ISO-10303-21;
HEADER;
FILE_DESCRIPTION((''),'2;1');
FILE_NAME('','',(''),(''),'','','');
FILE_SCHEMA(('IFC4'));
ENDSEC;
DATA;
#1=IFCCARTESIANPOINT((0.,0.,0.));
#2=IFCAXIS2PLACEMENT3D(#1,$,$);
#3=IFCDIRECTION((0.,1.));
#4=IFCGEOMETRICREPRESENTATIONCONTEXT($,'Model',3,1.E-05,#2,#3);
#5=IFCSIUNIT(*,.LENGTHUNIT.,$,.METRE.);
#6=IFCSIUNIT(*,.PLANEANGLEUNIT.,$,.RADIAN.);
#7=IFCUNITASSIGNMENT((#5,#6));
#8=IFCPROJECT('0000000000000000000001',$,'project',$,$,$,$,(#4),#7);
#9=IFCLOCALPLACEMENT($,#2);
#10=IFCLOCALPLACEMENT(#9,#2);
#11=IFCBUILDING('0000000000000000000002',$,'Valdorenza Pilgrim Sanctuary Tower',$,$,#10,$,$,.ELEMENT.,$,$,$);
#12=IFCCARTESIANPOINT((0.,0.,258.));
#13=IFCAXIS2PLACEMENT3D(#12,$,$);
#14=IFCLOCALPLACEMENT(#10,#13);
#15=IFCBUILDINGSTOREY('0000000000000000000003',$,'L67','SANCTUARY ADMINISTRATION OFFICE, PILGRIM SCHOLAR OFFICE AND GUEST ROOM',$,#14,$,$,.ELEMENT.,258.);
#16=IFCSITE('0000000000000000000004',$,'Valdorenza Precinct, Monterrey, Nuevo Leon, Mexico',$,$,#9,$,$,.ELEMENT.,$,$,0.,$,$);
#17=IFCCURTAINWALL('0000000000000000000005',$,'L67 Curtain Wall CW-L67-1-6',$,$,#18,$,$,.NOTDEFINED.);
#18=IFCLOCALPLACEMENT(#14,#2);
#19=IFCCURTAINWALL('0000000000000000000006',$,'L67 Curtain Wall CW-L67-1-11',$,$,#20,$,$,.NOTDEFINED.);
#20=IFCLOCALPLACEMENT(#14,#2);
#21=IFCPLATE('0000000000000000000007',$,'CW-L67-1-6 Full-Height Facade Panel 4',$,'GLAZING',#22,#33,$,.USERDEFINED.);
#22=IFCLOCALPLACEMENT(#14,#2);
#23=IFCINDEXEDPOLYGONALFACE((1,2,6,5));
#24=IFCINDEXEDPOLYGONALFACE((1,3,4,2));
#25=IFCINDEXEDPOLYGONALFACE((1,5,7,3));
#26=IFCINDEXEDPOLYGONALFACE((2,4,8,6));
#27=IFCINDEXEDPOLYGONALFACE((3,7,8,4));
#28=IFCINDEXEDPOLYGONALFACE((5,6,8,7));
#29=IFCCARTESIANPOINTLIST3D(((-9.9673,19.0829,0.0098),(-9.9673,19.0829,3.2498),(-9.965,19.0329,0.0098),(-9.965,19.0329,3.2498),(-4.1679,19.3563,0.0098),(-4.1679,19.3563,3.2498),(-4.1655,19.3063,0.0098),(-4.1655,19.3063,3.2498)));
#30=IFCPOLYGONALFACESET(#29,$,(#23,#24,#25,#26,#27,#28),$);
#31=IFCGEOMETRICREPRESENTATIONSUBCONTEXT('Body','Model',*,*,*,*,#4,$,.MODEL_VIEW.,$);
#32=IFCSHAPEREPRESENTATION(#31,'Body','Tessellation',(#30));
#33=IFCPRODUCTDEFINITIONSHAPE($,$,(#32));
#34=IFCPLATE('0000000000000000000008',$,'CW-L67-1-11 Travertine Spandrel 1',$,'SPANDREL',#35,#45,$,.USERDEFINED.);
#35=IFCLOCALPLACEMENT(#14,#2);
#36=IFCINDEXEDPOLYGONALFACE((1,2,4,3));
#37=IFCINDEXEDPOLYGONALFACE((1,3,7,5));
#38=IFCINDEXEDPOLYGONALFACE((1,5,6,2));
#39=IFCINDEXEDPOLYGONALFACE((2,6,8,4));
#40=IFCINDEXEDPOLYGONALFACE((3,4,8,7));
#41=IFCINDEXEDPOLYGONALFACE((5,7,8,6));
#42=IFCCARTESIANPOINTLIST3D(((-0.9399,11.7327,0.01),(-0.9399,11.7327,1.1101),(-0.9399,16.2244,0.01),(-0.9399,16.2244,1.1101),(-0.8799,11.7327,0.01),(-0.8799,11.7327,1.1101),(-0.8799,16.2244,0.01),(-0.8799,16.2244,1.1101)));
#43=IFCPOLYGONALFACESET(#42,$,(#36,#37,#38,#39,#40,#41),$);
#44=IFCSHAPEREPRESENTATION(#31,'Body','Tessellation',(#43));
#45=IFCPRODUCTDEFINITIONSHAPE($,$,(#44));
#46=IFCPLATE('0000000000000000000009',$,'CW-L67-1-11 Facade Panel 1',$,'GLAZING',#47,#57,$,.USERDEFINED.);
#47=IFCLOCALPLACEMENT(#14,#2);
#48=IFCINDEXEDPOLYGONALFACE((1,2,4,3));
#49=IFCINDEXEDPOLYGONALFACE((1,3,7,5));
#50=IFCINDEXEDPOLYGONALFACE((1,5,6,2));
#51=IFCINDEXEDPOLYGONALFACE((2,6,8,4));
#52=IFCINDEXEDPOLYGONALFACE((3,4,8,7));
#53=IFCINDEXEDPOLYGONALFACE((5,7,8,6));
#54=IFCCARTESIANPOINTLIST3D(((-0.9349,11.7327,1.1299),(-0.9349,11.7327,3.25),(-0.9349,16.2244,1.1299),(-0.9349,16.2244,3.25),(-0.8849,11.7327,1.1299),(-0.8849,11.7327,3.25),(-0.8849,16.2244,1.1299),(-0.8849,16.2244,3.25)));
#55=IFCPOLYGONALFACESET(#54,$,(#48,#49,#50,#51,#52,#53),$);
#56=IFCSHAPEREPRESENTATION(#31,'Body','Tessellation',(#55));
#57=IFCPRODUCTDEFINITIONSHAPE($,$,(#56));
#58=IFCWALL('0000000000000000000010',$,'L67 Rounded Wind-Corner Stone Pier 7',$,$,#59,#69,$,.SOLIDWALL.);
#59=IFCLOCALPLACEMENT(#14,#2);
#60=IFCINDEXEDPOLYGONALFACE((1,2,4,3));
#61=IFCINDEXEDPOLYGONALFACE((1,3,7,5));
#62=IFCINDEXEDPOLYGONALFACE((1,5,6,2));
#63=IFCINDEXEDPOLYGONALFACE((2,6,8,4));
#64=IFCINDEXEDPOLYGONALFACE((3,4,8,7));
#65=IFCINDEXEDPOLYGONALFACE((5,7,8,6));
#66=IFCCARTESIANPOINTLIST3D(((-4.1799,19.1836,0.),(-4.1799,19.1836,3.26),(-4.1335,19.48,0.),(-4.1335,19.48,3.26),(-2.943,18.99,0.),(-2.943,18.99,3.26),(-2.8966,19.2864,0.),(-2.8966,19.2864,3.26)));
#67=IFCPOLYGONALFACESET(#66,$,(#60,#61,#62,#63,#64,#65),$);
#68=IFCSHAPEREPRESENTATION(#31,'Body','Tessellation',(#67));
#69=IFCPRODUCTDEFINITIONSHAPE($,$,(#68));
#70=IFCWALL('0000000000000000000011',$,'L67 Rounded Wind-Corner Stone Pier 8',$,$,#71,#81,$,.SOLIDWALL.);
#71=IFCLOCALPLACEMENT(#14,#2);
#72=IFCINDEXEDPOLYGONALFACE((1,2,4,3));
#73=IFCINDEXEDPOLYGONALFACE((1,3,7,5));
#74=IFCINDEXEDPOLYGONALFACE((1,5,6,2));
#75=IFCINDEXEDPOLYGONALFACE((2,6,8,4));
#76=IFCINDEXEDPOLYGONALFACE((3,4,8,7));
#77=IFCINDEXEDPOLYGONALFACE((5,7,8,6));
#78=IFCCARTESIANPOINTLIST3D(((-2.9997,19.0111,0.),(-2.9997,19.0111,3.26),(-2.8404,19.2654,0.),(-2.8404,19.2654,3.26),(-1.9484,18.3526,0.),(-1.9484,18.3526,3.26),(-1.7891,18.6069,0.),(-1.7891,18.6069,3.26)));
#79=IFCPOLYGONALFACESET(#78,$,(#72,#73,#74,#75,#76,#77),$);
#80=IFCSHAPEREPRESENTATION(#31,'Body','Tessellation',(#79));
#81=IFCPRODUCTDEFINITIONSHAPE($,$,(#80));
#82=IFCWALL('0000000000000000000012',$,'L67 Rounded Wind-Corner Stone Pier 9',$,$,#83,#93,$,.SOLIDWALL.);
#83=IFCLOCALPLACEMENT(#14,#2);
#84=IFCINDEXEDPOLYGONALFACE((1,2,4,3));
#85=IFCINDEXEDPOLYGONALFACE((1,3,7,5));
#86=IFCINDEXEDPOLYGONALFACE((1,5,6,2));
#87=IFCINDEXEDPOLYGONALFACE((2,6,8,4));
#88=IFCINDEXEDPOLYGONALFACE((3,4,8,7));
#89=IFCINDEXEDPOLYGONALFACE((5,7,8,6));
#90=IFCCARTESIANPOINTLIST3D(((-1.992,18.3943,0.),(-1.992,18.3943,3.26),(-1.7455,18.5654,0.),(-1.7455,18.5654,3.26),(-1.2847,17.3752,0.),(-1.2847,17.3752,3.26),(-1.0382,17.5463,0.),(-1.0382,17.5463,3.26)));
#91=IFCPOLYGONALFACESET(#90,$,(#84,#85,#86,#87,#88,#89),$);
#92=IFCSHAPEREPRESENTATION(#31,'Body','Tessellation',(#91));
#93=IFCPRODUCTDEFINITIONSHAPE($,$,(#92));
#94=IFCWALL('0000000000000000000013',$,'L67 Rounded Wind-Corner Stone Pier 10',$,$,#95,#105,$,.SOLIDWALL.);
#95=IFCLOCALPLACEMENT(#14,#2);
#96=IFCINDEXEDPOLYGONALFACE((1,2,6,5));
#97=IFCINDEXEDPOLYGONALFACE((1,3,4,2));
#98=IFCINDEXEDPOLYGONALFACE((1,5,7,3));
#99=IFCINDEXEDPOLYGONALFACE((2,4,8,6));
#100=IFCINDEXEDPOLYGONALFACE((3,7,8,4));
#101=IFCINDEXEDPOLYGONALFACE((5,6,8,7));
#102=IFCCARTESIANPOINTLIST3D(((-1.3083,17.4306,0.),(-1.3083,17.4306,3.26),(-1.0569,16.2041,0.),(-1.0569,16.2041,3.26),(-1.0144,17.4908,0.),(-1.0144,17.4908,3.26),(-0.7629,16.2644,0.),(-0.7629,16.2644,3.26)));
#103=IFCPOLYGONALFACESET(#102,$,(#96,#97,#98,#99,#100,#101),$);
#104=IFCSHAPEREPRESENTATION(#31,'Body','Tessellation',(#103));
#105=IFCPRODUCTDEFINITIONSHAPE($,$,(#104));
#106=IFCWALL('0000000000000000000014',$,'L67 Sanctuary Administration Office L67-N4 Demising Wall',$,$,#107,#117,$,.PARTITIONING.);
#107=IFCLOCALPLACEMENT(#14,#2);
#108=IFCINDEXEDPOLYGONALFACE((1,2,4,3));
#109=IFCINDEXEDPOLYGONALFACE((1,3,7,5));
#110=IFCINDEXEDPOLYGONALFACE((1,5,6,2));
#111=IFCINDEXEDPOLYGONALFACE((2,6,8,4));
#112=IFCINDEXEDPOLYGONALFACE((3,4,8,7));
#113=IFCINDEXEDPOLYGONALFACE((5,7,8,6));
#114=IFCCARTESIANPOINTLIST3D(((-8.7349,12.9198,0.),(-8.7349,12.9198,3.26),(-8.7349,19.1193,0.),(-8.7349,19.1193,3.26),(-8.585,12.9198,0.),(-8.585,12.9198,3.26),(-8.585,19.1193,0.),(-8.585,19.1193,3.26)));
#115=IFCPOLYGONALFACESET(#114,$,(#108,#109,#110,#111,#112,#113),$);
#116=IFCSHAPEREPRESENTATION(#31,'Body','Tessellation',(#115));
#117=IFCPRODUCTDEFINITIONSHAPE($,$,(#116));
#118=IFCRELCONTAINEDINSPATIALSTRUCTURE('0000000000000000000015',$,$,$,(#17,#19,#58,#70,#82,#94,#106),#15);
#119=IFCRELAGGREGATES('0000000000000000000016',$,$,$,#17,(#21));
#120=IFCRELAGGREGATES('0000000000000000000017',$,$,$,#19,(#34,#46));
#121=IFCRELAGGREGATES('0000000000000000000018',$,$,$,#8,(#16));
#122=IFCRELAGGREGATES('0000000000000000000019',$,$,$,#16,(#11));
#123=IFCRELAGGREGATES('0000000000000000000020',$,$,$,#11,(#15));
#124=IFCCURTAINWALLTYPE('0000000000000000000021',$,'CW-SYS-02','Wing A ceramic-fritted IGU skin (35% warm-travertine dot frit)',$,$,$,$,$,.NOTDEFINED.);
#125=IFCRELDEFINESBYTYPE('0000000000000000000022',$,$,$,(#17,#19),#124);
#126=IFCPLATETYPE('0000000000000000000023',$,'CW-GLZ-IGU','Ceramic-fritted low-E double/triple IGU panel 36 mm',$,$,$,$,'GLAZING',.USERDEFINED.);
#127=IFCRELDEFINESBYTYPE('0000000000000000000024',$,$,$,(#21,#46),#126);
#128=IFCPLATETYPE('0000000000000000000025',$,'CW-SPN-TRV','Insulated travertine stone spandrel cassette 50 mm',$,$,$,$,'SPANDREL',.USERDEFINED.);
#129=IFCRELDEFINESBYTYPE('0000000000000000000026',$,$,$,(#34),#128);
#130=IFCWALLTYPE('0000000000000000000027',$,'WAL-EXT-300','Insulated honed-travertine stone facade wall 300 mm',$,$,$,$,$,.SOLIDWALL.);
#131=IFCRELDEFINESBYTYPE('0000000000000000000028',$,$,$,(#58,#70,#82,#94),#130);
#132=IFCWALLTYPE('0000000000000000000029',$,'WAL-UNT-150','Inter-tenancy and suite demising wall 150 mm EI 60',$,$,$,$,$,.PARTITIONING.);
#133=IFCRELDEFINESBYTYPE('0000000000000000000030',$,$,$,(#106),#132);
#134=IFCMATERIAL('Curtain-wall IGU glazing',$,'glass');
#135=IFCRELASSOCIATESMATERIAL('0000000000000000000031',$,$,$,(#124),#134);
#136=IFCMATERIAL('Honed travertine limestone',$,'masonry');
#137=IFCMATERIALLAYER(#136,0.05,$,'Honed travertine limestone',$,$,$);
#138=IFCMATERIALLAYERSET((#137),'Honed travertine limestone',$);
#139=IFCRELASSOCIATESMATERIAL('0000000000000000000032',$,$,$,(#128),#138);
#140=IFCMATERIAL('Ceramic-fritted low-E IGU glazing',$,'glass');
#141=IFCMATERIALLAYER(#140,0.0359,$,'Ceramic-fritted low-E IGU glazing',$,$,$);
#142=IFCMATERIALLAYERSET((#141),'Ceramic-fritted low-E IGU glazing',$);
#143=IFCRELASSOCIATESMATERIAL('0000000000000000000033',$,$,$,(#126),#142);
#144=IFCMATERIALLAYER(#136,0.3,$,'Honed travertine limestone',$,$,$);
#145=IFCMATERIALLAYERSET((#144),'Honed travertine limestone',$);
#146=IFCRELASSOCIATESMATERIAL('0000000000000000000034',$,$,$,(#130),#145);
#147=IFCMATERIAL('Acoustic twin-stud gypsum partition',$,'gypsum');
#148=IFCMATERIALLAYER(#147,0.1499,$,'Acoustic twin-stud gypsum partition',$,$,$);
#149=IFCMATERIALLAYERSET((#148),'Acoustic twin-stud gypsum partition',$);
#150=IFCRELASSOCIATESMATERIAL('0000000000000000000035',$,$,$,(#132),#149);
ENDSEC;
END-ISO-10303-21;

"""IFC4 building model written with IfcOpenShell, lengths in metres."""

from ifc_helpers import new_model, si_unit, direction, frame, frame_2d, origin, origin_2d, place, context, subcontext, project, spatial, rectangle, extrude, source, transform, mapped, material, layer, layer_set, type_object, element, aggregate, save


model = new_model("IFC4")

# Units and contexts
model_context = context("Model", 3, precision=1e-05, world=origin(), true_north=direction((0.0, 1.0)))
body_context = subcontext(model_context, "Body", "Model", "MODEL_VIEW")
ifc_project = project(units=[si_unit("LENGTHUNIT", "METRE"), si_unit("PLANEANGLEUNIT", "RADIAN")], contexts=[model_context])

# Site, building, storey
site_placement = place(None, origin())
site = spatial("IfcSite", under=ifc_project, at=site_placement, Name="Valdorenza Precinct, Monterrey, Nuevo Leon, Mexico", CompositionType="ELEMENT", RefElevation=0.0)
building_placement = place(site_placement, origin())
building = spatial("IfcBuilding", under=site, at=building_placement, Name="Valdorenza Pilgrim Sanctuary Tower", CompositionType="ELEMENT")
storey_placement = place(building_placement, frame((0.0, 0.0, 258.0)))
storey = spatial("IfcBuildingStorey", under=building, at=storey_placement, Name="L67", Description="SANCTUARY ADMINISTRATION OFFICE, PILGRIM SCHOLAR OFFICE AND GUEST ROOM", CompositionType="ELEMENT", Elevation=258.0)

# Curtain walls
ifc_material_1 = material(Name="Curtain-wall IGU glazing", Category="glass")
curtain_wall_type = type_object("IfcCurtainWallType", Name="CW-SYS-02", Description="Wing A ceramic-fritted IGU skin (35% warm-travertine dot frit)", PredefinedType="NOTDEFINED", material=ifc_material_1)
curtain_wall_1_placement = place(storey_placement, origin())
curtain_wall_1 = element("IfcCurtainWall", 1, at=curtain_wall_1_placement, inside=storey, type_object=curtain_wall_type, Name="L67 Curtain Wall CW-L67-1-6", PredefinedType="NOTDEFINED")
curtain_wall_2_placement = place(storey_placement, origin())
curtain_wall_2 = element("IfcCurtainWall", 2, at=curtain_wall_2_placement, inside=storey, type_object=curtain_wall_type, Name="L67 Curtain Wall CW-L67-1-11", PredefinedType="NOTDEFINED")

# Plates
ifc_material_2 = material(Name="Honed travertine limestone", Category="masonry")
ifc_layer_1 = layer(ifc_material_2, 0.05, Name="Honed travertine limestone")
ifc_layer_set_1 = layer_set([ifc_layer_1], Name="Honed travertine limestone")
plate_type_1 = type_object("IfcPlateType", Name="CW-SPN-TRV", Description="Insulated travertine stone spandrel cassette 50 mm", ElementType="SPANDREL", PredefinedType="USERDEFINED", material=ifc_layer_set_1)
ifc_material_3 = material(Name="Ceramic-fritted low-E IGU glazing", Category="glass")
ifc_layer_2 = layer(ifc_material_3, 0.0359, Name="Ceramic-fritted low-E IGU glazing")
ifc_layer_set_2 = layer_set([ifc_layer_2], Name="Ceramic-fritted low-E IGU glazing")
plate_type_2 = type_object("IfcPlateType", Name="CW-GLZ-IGU", Description="Ceramic-fritted low-E double/triple IGU panel 36 mm", ElementType="GLAZING", PredefinedType="USERDEFINED", material=ifc_layer_set_2)
shared_shape_1 = source(origin(), body_context, "Body", "SweptSolid", [
    extrude(rectangle(XDim=5.8059, YDim=0.05, at=origin_2d()), origin(), (0.0, 0.0, 1.0), 3.24),
])
plate_1_placement = place(storey_placement, frame((-7.0664, 19.1946, 0.0098), z_axis=(0.0, 0.0, 1.0), x_axis=(0.998891, 0.047089, 0.0)))
plate_1 = element("IfcPlate", 3, at=plate_1_placement, type_object=plate_type_2, Name="CW-L67-1-6 Full-Height Facade Panel 4", ObjectType="GLAZING", PredefinedType="USERDEFINED", context=body_context, shape_type="MappedRepresentation", body=[
    mapped(shared_shape_1, transform((0.0, 0.0, 0.0), x_axis=(1.0, 0.0, 0.0), y_axis=(0.0, 1.0, 0.0), z_axis=(0.0, 0.0, 1.0), scale=1.0)),
])
aggregate(curtain_wall_1, [plate_1])
shared_shape_2 = source(origin(), body_context, "Body", "SweptSolid", [
    extrude(rectangle(XDim=4.4917, YDim=0.0601, at=origin_2d()), origin(), (0.0, 0.0, 1.0), 1.1001),
])
plate_2_placement = place(storey_placement, frame((-0.9099, 13.9785, 0.01), z_axis=(0.0, 0.0, 1.0), x_axis=(0.0, -1.0, 0.0)))
plate_2 = element("IfcPlate", 4, at=plate_2_placement, type_object=plate_type_1, Name="CW-L67-1-11 Travertine Spandrel 1", ObjectType="SPANDREL", PredefinedType="USERDEFINED", context=body_context, shape_type="MappedRepresentation", body=[
    mapped(shared_shape_2, transform((0.0, 0.0, 0.0), x_axis=(1.0, 0.0, 0.0), y_axis=(0.0, 1.0, 0.0), z_axis=(0.0, 0.0, 1.0), scale=1.0)),
])
shared_shape_3 = source(origin(), body_context, "Body", "SweptSolid", [
    extrude(rectangle(XDim=4.4917, YDim=0.05, at=origin_2d()), origin(), (0.0, 0.0, 1.0), 2.1201),
])
plate_3_placement = place(storey_placement, frame((-0.9099, 13.9785, 1.1299), z_axis=(0.0, 0.0, 1.0), x_axis=(0.0, -1.0, 0.0)))
plate_3 = element("IfcPlate", 5, at=plate_3_placement, type_object=plate_type_2, Name="CW-L67-1-11 Facade Panel 1", ObjectType="GLAZING", PredefinedType="USERDEFINED", context=body_context, shape_type="MappedRepresentation", body=[
    mapped(shared_shape_3, transform((0.0, 0.0, 0.0), x_axis=(1.0, 0.0, 0.0), y_axis=(0.0, 1.0, 0.0), z_axis=(0.0, 0.0, 1.0), scale=1.0)),
])
aggregate(curtain_wall_2, [plate_2, plate_3])

# Walls
ifc_layer_3 = layer(ifc_material_2, 0.3, Name="Honed travertine limestone")
ifc_layer_set_3 = layer_set([ifc_layer_3], Name="Honed travertine limestone")
wall_type_1 = type_object("IfcWallType", Name="WAL-EXT-300", Description="Insulated honed-travertine stone facade wall 300 mm", PredefinedType="SOLIDWALL", material=ifc_layer_set_3)
wall_1_placement = place(storey_placement, frame((-4.1567, 19.3318, 0.0), z_axis=(0.0, 0.0, 1.0), x_axis=(0.987969, -0.154651, 0.0)))
element("IfcWall", 6, at=wall_1_placement, inside=storey, type_object=wall_type_1, Name="L67 Rounded Wind-Corner Stone Pier 7", PredefinedType="SOLIDWALL", context=body_context, shape_type="SweptSolid", body=[
    extrude(rectangle(XDim=1.252, YDim=0.3, at=frame_2d((0.626, 0.0))), origin(), (0.0, 0.0, 1.0), 3.26),
])
for number, where, z_axis, x_axis, name in (
    (7, (-2.9199, 19.1382, 0.0), (0.0, 0.0, 1.0), (0.847489, -0.530812, 0.0), "L67 Rounded Wind-Corner Stone Pier 8"),
    (8, (-1.8687, 18.4797, 0.0), (0.0, 0.0, 1.0), (0.570182, -0.821518, 0.0), "L67 Rounded Wind-Corner Stone Pier 9"),
):
    element("IfcWall", number, at=place(storey_placement, frame(where, z_axis=z_axis, x_axis=x_axis)), inside=storey, type_object=wall_type_1, Name=name, PredefinedType="SOLIDWALL", context=body_context, shape_type="SweptSolid", body=[
        extrude(rectangle(XDim=1.2405, YDim=0.3, at=frame_2d((0.6201, 0.0))), origin(), (0.0, 0.0, 1.0), 3.26),
    ])
wall_2_placement = place(storey_placement, frame((-1.1614, 17.4607, 0.0), z_axis=(0.0, 0.0, 1.0), x_axis=(0.200877, -0.979616, 0.0)))
element("IfcWall", 9, at=wall_2_placement, inside=storey, type_object=wall_type_1, Name="L67 Rounded Wind-Corner Stone Pier 10", PredefinedType="SOLIDWALL", context=body_context, shape_type="SweptSolid", body=[
    extrude(rectangle(XDim=1.252, YDim=0.3, at=frame_2d((0.626, 0.0))), origin(), (0.0, 0.0, 1.0), 3.26),
])
ifc_material_4 = material(Name="Acoustic twin-stud gypsum partition", Category="gypsum")
ifc_layer_4 = layer(ifc_material_4, 0.1499, Name="Acoustic twin-stud gypsum partition")
ifc_layer_set_4 = layer_set([ifc_layer_4], Name="Acoustic twin-stud gypsum partition")
wall_type_2 = type_object("IfcWallType", Name="WAL-UNT-150", Description="Inter-tenancy and suite demising wall 150 mm EI 60", PredefinedType="PARTITIONING", material=ifc_layer_set_4)
wall_3_placement = place(storey_placement, frame((-8.6599, 12.9199, 0.0), z_axis=(0.0, 0.0, 1.0), x_axis=(0.0, 1.0, 0.0)))
element("IfcWall", 10, at=wall_3_placement, inside=storey, type_object=wall_type_2, Name="L67 Sanctuary Administration Office L67-N4 Demising Wall", PredefinedType="PARTITIONING", context=body_context, shape_type="SweptSolid", body=[
    extrude(rectangle(XDim=6.1995, YDim=0.1499, at=frame_2d((3.0996, 0.0))), origin(), (0.0, 0.0, 1.0), 3.26),
])

save(model, "model.ifc")
